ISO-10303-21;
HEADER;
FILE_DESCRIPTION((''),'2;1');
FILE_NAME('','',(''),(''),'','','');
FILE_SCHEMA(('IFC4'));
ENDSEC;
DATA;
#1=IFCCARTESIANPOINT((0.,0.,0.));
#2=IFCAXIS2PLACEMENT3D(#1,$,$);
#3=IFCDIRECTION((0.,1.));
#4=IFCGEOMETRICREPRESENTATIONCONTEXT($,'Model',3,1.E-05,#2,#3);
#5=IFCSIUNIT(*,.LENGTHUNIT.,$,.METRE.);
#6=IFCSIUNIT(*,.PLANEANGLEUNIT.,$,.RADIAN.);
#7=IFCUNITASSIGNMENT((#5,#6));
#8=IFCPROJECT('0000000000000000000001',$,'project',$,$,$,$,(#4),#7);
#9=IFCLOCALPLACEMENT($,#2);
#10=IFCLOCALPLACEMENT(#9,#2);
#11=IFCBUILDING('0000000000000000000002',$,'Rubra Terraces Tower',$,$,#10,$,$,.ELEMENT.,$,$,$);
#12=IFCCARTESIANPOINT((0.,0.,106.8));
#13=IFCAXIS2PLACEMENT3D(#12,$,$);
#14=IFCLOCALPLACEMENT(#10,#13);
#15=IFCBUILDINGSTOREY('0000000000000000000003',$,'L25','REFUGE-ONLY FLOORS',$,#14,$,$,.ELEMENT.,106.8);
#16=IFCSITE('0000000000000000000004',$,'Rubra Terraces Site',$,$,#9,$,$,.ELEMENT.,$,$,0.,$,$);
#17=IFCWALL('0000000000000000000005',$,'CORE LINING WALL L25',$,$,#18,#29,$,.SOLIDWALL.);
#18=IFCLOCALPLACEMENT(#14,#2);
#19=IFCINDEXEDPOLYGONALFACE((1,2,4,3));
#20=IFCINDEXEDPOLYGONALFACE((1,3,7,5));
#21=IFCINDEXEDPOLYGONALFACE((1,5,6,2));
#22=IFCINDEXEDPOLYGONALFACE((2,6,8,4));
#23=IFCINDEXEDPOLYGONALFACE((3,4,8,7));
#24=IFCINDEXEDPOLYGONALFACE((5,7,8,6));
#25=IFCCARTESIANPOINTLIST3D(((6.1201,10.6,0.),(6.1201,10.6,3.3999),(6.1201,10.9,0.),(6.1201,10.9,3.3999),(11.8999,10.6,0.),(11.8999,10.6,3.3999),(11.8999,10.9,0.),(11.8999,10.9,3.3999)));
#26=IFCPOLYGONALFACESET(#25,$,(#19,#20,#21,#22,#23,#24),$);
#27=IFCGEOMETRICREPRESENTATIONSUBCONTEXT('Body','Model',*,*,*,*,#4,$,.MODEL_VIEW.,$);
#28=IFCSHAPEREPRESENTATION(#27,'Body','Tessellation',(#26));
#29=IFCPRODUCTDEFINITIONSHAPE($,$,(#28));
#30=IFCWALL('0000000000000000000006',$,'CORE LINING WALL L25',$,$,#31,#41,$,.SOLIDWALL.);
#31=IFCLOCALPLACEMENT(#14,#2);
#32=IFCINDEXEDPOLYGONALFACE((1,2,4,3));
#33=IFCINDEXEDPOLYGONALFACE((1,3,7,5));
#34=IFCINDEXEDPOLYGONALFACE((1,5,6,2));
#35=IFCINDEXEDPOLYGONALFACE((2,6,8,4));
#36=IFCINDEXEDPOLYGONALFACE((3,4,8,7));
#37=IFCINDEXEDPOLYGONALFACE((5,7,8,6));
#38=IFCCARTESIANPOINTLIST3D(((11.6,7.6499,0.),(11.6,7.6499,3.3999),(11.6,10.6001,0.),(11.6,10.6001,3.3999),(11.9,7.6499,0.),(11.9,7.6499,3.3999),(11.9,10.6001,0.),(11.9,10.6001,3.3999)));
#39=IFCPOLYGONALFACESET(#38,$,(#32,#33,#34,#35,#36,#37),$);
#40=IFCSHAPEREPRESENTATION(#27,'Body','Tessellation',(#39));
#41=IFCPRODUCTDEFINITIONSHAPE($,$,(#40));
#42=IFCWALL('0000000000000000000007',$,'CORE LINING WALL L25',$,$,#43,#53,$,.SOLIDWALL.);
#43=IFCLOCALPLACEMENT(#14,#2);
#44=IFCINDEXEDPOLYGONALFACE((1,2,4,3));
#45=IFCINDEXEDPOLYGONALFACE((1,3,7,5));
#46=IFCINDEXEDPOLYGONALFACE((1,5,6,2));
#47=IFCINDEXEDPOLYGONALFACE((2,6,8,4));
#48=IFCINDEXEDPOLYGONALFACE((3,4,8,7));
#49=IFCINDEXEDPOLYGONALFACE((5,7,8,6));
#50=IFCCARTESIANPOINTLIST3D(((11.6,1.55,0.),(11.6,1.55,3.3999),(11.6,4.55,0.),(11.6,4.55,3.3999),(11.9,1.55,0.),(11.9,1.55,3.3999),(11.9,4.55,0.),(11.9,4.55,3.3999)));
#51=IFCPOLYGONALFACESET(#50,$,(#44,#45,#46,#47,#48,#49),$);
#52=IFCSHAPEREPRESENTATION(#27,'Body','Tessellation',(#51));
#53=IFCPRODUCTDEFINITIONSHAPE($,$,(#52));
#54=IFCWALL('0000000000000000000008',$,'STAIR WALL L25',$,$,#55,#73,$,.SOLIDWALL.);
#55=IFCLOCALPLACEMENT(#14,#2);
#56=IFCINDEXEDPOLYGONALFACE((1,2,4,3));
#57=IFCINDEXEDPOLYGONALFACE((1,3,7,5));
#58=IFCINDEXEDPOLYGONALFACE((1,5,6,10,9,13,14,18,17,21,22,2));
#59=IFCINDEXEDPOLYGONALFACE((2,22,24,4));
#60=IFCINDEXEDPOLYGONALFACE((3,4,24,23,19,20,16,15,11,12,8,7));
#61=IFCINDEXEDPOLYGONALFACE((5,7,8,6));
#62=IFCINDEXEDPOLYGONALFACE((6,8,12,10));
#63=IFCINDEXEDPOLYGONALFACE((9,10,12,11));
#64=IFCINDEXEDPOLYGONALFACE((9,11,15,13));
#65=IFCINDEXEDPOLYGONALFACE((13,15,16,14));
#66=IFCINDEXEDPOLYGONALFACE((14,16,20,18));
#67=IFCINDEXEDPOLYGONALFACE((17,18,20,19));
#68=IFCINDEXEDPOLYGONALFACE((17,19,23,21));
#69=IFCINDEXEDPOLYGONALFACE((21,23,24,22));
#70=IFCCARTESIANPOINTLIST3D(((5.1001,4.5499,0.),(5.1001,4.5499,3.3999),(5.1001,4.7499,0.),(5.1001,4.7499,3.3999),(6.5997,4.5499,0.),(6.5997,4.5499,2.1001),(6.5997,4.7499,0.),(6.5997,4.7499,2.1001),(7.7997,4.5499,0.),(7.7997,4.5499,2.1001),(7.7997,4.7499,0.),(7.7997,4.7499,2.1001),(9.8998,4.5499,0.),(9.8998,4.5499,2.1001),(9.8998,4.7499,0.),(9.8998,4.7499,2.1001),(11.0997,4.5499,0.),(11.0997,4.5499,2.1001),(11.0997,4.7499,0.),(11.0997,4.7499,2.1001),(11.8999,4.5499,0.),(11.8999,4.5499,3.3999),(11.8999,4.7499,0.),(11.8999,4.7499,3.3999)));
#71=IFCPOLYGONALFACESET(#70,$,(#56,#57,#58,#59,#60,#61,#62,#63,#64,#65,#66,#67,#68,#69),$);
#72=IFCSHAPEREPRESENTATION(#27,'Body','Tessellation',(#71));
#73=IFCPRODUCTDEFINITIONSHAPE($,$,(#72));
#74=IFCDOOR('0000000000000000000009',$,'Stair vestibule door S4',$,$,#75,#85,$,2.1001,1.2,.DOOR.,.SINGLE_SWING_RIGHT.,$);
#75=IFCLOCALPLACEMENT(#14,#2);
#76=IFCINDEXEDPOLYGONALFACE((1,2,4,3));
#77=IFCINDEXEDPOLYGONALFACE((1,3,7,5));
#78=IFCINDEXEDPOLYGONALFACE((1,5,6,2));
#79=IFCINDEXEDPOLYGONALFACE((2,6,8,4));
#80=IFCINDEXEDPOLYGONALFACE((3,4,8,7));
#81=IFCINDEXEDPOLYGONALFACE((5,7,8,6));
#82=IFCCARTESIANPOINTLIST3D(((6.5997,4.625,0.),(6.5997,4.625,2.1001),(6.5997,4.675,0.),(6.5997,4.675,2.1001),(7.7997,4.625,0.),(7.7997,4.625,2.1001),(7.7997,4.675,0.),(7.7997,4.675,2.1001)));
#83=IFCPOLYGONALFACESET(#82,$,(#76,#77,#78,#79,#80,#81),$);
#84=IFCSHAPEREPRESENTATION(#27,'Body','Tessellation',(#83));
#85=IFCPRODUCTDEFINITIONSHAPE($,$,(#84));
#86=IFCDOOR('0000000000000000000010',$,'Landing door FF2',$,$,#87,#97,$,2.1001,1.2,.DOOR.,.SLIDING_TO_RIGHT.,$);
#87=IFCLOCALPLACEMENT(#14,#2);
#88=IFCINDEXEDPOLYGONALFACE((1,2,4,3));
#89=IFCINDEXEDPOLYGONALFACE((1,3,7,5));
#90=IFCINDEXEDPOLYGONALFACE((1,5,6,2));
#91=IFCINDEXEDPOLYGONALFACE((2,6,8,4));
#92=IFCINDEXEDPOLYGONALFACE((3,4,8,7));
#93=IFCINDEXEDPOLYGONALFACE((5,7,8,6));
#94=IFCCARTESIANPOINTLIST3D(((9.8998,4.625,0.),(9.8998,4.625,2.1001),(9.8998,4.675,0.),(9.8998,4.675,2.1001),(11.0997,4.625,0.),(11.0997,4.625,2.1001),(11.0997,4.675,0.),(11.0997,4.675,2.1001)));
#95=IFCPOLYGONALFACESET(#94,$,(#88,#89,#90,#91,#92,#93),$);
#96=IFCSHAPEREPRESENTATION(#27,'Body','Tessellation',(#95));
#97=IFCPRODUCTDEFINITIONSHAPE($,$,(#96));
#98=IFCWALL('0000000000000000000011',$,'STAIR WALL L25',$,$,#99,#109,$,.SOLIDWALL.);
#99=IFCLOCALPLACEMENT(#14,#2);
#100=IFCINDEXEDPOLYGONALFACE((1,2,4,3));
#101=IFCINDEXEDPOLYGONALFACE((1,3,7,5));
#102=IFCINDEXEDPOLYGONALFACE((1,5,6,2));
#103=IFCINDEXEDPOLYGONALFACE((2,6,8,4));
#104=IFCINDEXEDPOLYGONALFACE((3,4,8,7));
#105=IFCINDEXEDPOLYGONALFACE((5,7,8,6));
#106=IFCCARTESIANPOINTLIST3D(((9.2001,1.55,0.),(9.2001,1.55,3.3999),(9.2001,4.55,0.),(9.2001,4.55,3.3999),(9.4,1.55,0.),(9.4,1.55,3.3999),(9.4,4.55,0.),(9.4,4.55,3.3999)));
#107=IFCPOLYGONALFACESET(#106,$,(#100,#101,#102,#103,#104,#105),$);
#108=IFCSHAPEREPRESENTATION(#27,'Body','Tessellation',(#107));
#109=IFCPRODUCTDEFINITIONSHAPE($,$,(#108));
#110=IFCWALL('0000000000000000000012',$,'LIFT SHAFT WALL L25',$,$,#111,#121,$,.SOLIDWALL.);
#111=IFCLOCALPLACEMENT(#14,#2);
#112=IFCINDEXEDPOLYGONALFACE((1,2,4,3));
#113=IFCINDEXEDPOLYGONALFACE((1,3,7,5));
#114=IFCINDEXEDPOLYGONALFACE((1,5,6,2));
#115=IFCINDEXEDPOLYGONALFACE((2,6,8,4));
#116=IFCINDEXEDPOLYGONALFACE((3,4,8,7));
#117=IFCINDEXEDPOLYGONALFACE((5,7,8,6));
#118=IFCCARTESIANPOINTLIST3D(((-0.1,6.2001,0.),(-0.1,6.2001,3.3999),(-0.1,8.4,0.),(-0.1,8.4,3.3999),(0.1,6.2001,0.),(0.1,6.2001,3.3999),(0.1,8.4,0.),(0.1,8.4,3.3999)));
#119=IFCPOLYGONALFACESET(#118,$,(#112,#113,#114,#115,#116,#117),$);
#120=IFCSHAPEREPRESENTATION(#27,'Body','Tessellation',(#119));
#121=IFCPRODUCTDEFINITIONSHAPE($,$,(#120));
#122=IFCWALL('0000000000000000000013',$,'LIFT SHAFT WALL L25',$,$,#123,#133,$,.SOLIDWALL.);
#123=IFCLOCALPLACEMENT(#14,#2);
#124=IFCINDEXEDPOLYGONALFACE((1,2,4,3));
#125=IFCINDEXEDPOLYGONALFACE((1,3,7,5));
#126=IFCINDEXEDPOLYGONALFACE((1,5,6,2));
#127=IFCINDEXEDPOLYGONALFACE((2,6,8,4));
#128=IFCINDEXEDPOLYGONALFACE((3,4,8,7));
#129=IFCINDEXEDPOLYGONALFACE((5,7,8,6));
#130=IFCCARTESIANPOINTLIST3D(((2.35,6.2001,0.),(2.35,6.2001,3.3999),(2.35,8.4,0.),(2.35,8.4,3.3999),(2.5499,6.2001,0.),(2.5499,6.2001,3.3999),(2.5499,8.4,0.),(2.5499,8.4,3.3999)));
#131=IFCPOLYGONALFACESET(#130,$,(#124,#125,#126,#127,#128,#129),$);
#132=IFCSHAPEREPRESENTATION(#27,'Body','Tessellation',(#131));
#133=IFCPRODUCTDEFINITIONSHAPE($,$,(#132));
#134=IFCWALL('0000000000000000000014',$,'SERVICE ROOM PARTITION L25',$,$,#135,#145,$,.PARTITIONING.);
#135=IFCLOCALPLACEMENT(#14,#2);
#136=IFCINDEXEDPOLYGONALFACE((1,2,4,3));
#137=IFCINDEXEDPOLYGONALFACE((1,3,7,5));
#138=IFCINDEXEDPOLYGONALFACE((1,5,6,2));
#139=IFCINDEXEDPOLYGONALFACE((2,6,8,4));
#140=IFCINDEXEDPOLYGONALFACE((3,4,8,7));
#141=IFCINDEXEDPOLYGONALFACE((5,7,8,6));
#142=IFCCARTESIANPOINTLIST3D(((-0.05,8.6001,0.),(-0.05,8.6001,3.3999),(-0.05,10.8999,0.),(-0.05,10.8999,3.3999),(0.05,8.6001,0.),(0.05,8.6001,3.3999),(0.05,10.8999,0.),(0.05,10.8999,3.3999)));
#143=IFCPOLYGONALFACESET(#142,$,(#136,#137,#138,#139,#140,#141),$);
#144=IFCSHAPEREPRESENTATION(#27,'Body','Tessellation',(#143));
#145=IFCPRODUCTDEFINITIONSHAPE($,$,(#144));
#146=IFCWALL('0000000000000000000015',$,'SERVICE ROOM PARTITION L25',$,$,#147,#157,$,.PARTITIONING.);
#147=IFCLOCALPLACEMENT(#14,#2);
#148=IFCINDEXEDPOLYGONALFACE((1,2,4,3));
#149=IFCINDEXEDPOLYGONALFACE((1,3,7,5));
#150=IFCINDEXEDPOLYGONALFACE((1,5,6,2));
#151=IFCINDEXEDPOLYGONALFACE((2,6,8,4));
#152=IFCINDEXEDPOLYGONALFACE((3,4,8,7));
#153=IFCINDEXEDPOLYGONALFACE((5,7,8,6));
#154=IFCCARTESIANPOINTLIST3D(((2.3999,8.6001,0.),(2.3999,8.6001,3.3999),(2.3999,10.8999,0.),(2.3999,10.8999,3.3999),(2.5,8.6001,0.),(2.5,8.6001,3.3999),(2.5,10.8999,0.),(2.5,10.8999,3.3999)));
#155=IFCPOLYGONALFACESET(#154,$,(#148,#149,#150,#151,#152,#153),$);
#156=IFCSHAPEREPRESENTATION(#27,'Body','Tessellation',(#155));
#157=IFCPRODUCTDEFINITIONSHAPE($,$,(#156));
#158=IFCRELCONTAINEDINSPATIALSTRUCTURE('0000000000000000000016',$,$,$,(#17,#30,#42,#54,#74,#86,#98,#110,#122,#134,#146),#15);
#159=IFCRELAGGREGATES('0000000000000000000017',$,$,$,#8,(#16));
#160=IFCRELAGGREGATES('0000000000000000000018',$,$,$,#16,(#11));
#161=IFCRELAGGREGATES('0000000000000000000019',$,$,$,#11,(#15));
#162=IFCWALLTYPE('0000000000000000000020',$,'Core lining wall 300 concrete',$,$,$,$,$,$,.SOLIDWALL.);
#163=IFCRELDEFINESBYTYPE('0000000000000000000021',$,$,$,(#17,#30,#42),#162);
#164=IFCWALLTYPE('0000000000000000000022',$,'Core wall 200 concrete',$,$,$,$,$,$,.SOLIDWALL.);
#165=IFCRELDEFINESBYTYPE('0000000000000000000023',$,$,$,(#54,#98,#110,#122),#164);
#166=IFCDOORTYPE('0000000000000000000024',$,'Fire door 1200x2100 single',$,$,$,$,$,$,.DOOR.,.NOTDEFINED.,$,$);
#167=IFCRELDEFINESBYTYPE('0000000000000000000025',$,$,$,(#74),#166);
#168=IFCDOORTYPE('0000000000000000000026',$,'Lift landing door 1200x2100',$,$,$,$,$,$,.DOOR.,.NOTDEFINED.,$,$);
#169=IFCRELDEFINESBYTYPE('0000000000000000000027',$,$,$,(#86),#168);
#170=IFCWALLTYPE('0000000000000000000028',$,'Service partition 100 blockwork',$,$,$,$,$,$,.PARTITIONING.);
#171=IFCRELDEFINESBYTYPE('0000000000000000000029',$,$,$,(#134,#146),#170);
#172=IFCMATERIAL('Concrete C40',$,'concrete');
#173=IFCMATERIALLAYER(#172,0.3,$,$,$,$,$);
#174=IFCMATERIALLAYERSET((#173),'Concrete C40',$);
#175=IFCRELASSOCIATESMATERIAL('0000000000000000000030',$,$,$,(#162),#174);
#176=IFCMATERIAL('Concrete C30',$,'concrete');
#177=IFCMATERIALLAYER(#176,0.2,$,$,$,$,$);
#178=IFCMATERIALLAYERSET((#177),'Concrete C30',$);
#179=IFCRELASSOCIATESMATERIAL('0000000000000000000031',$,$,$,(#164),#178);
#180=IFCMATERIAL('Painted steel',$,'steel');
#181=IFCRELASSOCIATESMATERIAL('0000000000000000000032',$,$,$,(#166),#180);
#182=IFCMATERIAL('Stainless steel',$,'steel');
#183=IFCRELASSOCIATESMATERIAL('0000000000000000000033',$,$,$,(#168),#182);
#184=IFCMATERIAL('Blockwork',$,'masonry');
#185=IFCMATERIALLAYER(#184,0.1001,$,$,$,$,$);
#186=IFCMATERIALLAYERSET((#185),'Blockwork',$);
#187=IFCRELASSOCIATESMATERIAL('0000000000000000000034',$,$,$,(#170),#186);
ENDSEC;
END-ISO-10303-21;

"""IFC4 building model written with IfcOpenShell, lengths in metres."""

from ifc_helpers import new_model, si_unit, direction, frame, frame_2d, origin, place, context, subcontext, project, spatial, rectangle, extrude, material, layer, layer_set, type_object, element, fill, save


model = new_model("IFC4")

# Units and contexts
model_context = context("Model", 3, precision=1e-05, world=origin(), true_north=direction((0.0, 1.0)))
body_context = subcontext(model_context, "Body", "Model", "MODEL_VIEW")
ifc_project = project(units=[si_unit("LENGTHUNIT", "METRE"), si_unit("PLANEANGLEUNIT", "RADIAN")], contexts=[model_context])

# Site, building, storey
site_placement = place(None, origin())
site = spatial("IfcSite", under=ifc_project, at=site_placement, Name="Rubra Terraces Site", CompositionType="ELEMENT", RefElevation=0.0)
building_placement = place(site_placement, origin())
building = spatial("IfcBuilding", under=site, at=building_placement, Name="Rubra Terraces Tower", CompositionType="ELEMENT")
storey_placement = place(building_placement, frame((0.0, 0.0, 106.8)))
storey = spatial("IfcBuildingStorey", under=building, at=storey_placement, Name="L25", Description="REFUGE-ONLY FLOORS", CompositionType="ELEMENT", Elevation=106.8)

# Walls
ifc_material_1 = material(Name="Concrete C40", Category="concrete")
ifc_layer_1 = layer(ifc_material_1, 0.3)
ifc_layer_set_1 = layer_set([ifc_layer_1], Name="Concrete C40")
wall_type_1 = type_object("IfcWallType", Name="Core lining wall 300 concrete", PredefinedType="SOLIDWALL", material=ifc_layer_set_1)
wall_1_placement = place(storey_placement, frame((11.8999, 10.75, 0.0), z_axis=(0.0, 0.0, 1.0), x_axis=(-1.0, 0.0, 0.0)))
element("IfcWall", 1, at=wall_1_placement, inside=storey, type_object=wall_type_1, Name="CORE LINING WALL L25", PredefinedType="SOLIDWALL", context=body_context, shape_type="SweptSolid", body=[
    extrude(rectangle(XDim=5.7798, YDim=0.3, at=frame_2d((2.8899, 0.0))), origin(), (0.0, 0.0, 1.0), 3.3999),
])
wall_2_placement = place(storey_placement, frame((11.75, 10.6001, 0.0), z_axis=(0.0, 0.0, 1.0), x_axis=(0.0, -1.0, 0.0)))
element("IfcWall", 2, at=wall_2_placement, inside=storey, type_object=wall_type_1, Name="CORE LINING WALL L25", PredefinedType="SOLIDWALL", context=body_context, shape_type="SweptSolid", body=[
    extrude(rectangle(XDim=2.9502, YDim=0.3, at=frame_2d((1.4751, 0.0))), origin(), (0.0, 0.0, 1.0), 3.3999),
])
wall_3_placement = place(storey_placement, frame((11.75, 4.55, 0.0), z_axis=(0.0, 0.0, 1.0), x_axis=(0.0, -1.0, 0.0)))
element("IfcWall", 3, at=wall_3_placement, inside=storey, type_object=wall_type_1, Name="CORE LINING WALL L25", PredefinedType="SOLIDWALL", context=body_context, shape_type="SweptSolid", body=[
    extrude(rectangle(XDim=3.0, YDim=0.3, at=frame_2d((1.5, 0.0))), origin(), (0.0, 0.0, 1.0), 3.3999),
])

# Wall, openings, doors
ifc_material_2 = material(Name="Concrete C30", Category="concrete")
ifc_layer_2 = layer(ifc_material_2, 0.2)
ifc_layer_set_2 = layer_set([ifc_layer_2], Name="Concrete C30")
wall_type_2 = type_object("IfcWallType", Name="Core wall 200 concrete", PredefinedType="SOLIDWALL", material=ifc_layer_set_2)
wall_4_placement = place(storey_placement, frame((11.8999, 4.6499, 0.0), z_axis=(0.0, 0.0, 1.0), x_axis=(-1.0, 0.0, 0.0)))
wall_4 = element("IfcWall", 4, at=wall_4_placement, inside=storey, type_object=wall_type_2, Name="STAIR WALL L25", PredefinedType="SOLIDWALL", context=body_context, shape_type="SweptSolid", body=[
    extrude(rectangle(XDim=6.7998, YDim=0.2, at=frame_2d((3.3999, 0.0))), origin(), (0.0, 0.0, 1.0), 3.3999),
])
opening_1_placement = place(wall_4_placement, frame((4.1001, 0.0, 0.0)))
opening_1 = element("IfcOpeningElement", 5, at=opening_1_placement, cuts=wall_4, PredefinedType="OPENING", context=body_context, shape_type="SweptSolid", body=[
    extrude(rectangle(XDim=1.2, YDim=2.1001, at=frame_2d((0.6001, 1.05))), frame((0.0, 0.1099, 0.0), z_axis=(0.0, -1.0, 0.0), x_axis=(1.0, 0.0, 0.0)), (0.0, 0.0, 1.0), 0.22),
])
opening_2_placement = place(wall_4_placement, frame((0.8, 0.0, 0.0)))
opening_2 = element("IfcOpeningElement", 6, at=opening_2_placement, cuts=wall_4, PredefinedType="OPENING", context=body_context, shape_type="SweptSolid", body=[
    extrude(rectangle(XDim=1.2, YDim=2.1001, at=frame_2d((0.6001, 1.05))), frame((0.0, 0.1099, 0.0), z_axis=(0.0, -1.0, 0.0), x_axis=(1.0, 0.0, 0.0)), (0.0, 0.0, 1.0), 0.22),
])
ifc_material_3 = material(Name="Painted steel", Category="steel")
door_type_1 = type_object("IfcDoorType", Name="Fire door 1200x2100 single", OperationType="NOTDEFINED", PredefinedType="DOOR", material=ifc_material_3)
door_1_placement = place(opening_1_placement, origin())
door_1 = element("IfcDoor", 7, at=door_1_placement, inside=storey, type_object=door_type_1, Name="Stair vestibule door S4", OperationType="SINGLE_SWING_RIGHT", OverallHeight=2.1001, OverallWidth=1.2, PredefinedType="DOOR", context=body_context, shape_type="SweptSolid", body=[
    extrude(rectangle(XDim=1.2, YDim=2.1001, at=frame_2d((0.6001, 1.05))), frame((0.0, 0.0249, 0.0), z_axis=(0.0, -1.0, 0.0), x_axis=(1.0, 0.0, 0.0)), (0.0, 0.0, 1.0), 0.05),
])
fill(opening_1, door_1)
ifc_material_4 = material(Name="Stainless steel", Category="steel")
door_type_2 = type_object("IfcDoorType", Name="Lift landing door 1200x2100", OperationType="NOTDEFINED", PredefinedType="DOOR", material=ifc_material_4)
door_2_placement = place(opening_2_placement, origin())
door_2 = element("IfcDoor", 8, at=door_2_placement, inside=storey, type_object=door_type_2, Name="Landing door FF2", OperationType="SLIDING_TO_RIGHT", OverallHeight=2.1001, OverallWidth=1.2, PredefinedType="DOOR", context=body_context, shape_type="SweptSolid", body=[
    extrude(rectangle(XDim=1.2, YDim=2.1001, at=frame_2d((0.6001, 1.05))), frame((0.0, 0.0249, 0.0), z_axis=(0.0, -1.0, 0.0), x_axis=(1.0, 0.0, 0.0)), (0.0, 0.0, 1.0), 0.05),
])
fill(opening_2, door_2)

# Walls
wall_5_placement = place(storey_placement, frame((9.3, 4.55, 0.0), z_axis=(0.0, 0.0, 1.0), x_axis=(0.0, -1.0, 0.0)))
element("IfcWall", 9, at=wall_5_placement, inside=storey, type_object=wall_type_2, Name="STAIR WALL L25", PredefinedType="SOLIDWALL", context=body_context, shape_type="SweptSolid", body=[
    extrude(rectangle(XDim=3.0, YDim=0.2, at=frame_2d((1.5, 0.0))), origin(), (0.0, 0.0, 1.0), 3.3999),
])
for number, where, z_axis, x_axis, name in (
    (10, (0.0, 6.2, 0.0), (0.0, 0.0, 1.0), (0.0, 1.0, 0.0), "LIFT SHAFT WALL L25"),
    (11, (2.45, 6.2, 0.0), (0.0, 0.0, 1.0), (0.0, 1.0, 0.0), "LIFT SHAFT WALL L25"),
):
    element("IfcWall", number, at=place(storey_placement, frame(where, z_axis=z_axis, x_axis=x_axis)), inside=storey, type_object=wall_type_2, Name=name, PredefinedType="SOLIDWALL", context=body_context, shape_type="SweptSolid", body=[
        extrude(rectangle(XDim=2.2, YDim=0.2, at=frame_2d((1.1001, 0.0))), origin(), (0.0, 0.0, 1.0), 3.3999),
    ])
ifc_material_5 = material(Name="Blockwork", Category="masonry")
ifc_layer_3 = layer(ifc_material_5, 0.1001)
ifc_layer_set_3 = layer_set([ifc_layer_3], Name="Blockwork")
wall_type_3 = type_object("IfcWallType", Name="Service partition 100 blockwork", PredefinedType="PARTITIONING", material=ifc_layer_set_3)
for number, where, z_axis, x_axis, name in (
    (12, (0.0, 8.6001, 0.0), (0.0, 0.0, 1.0), (0.0, 1.0, 0.0), "SERVICE ROOM PARTITION L25"),
    (13, (2.45, 8.6001, 0.0), (0.0, 0.0, 1.0), (0.0, 1.0, 0.0), "SERVICE ROOM PARTITION L25"),
):
    element("IfcWall", number, at=place(storey_placement, frame(where, z_axis=z_axis, x_axis=x_axis)), inside=storey, type_object=wall_type_3, Name=name, PredefinedType="PARTITIONING", context=body_context, shape_type="SweptSolid", body=[
        extrude(rectangle(XDim=2.2998, YDim=0.1001, at=frame_2d((1.1499, 0.0))), origin(), (0.0, 0.0, 1.0), 3.3999),
    ])

save(model, "model.ifc")
